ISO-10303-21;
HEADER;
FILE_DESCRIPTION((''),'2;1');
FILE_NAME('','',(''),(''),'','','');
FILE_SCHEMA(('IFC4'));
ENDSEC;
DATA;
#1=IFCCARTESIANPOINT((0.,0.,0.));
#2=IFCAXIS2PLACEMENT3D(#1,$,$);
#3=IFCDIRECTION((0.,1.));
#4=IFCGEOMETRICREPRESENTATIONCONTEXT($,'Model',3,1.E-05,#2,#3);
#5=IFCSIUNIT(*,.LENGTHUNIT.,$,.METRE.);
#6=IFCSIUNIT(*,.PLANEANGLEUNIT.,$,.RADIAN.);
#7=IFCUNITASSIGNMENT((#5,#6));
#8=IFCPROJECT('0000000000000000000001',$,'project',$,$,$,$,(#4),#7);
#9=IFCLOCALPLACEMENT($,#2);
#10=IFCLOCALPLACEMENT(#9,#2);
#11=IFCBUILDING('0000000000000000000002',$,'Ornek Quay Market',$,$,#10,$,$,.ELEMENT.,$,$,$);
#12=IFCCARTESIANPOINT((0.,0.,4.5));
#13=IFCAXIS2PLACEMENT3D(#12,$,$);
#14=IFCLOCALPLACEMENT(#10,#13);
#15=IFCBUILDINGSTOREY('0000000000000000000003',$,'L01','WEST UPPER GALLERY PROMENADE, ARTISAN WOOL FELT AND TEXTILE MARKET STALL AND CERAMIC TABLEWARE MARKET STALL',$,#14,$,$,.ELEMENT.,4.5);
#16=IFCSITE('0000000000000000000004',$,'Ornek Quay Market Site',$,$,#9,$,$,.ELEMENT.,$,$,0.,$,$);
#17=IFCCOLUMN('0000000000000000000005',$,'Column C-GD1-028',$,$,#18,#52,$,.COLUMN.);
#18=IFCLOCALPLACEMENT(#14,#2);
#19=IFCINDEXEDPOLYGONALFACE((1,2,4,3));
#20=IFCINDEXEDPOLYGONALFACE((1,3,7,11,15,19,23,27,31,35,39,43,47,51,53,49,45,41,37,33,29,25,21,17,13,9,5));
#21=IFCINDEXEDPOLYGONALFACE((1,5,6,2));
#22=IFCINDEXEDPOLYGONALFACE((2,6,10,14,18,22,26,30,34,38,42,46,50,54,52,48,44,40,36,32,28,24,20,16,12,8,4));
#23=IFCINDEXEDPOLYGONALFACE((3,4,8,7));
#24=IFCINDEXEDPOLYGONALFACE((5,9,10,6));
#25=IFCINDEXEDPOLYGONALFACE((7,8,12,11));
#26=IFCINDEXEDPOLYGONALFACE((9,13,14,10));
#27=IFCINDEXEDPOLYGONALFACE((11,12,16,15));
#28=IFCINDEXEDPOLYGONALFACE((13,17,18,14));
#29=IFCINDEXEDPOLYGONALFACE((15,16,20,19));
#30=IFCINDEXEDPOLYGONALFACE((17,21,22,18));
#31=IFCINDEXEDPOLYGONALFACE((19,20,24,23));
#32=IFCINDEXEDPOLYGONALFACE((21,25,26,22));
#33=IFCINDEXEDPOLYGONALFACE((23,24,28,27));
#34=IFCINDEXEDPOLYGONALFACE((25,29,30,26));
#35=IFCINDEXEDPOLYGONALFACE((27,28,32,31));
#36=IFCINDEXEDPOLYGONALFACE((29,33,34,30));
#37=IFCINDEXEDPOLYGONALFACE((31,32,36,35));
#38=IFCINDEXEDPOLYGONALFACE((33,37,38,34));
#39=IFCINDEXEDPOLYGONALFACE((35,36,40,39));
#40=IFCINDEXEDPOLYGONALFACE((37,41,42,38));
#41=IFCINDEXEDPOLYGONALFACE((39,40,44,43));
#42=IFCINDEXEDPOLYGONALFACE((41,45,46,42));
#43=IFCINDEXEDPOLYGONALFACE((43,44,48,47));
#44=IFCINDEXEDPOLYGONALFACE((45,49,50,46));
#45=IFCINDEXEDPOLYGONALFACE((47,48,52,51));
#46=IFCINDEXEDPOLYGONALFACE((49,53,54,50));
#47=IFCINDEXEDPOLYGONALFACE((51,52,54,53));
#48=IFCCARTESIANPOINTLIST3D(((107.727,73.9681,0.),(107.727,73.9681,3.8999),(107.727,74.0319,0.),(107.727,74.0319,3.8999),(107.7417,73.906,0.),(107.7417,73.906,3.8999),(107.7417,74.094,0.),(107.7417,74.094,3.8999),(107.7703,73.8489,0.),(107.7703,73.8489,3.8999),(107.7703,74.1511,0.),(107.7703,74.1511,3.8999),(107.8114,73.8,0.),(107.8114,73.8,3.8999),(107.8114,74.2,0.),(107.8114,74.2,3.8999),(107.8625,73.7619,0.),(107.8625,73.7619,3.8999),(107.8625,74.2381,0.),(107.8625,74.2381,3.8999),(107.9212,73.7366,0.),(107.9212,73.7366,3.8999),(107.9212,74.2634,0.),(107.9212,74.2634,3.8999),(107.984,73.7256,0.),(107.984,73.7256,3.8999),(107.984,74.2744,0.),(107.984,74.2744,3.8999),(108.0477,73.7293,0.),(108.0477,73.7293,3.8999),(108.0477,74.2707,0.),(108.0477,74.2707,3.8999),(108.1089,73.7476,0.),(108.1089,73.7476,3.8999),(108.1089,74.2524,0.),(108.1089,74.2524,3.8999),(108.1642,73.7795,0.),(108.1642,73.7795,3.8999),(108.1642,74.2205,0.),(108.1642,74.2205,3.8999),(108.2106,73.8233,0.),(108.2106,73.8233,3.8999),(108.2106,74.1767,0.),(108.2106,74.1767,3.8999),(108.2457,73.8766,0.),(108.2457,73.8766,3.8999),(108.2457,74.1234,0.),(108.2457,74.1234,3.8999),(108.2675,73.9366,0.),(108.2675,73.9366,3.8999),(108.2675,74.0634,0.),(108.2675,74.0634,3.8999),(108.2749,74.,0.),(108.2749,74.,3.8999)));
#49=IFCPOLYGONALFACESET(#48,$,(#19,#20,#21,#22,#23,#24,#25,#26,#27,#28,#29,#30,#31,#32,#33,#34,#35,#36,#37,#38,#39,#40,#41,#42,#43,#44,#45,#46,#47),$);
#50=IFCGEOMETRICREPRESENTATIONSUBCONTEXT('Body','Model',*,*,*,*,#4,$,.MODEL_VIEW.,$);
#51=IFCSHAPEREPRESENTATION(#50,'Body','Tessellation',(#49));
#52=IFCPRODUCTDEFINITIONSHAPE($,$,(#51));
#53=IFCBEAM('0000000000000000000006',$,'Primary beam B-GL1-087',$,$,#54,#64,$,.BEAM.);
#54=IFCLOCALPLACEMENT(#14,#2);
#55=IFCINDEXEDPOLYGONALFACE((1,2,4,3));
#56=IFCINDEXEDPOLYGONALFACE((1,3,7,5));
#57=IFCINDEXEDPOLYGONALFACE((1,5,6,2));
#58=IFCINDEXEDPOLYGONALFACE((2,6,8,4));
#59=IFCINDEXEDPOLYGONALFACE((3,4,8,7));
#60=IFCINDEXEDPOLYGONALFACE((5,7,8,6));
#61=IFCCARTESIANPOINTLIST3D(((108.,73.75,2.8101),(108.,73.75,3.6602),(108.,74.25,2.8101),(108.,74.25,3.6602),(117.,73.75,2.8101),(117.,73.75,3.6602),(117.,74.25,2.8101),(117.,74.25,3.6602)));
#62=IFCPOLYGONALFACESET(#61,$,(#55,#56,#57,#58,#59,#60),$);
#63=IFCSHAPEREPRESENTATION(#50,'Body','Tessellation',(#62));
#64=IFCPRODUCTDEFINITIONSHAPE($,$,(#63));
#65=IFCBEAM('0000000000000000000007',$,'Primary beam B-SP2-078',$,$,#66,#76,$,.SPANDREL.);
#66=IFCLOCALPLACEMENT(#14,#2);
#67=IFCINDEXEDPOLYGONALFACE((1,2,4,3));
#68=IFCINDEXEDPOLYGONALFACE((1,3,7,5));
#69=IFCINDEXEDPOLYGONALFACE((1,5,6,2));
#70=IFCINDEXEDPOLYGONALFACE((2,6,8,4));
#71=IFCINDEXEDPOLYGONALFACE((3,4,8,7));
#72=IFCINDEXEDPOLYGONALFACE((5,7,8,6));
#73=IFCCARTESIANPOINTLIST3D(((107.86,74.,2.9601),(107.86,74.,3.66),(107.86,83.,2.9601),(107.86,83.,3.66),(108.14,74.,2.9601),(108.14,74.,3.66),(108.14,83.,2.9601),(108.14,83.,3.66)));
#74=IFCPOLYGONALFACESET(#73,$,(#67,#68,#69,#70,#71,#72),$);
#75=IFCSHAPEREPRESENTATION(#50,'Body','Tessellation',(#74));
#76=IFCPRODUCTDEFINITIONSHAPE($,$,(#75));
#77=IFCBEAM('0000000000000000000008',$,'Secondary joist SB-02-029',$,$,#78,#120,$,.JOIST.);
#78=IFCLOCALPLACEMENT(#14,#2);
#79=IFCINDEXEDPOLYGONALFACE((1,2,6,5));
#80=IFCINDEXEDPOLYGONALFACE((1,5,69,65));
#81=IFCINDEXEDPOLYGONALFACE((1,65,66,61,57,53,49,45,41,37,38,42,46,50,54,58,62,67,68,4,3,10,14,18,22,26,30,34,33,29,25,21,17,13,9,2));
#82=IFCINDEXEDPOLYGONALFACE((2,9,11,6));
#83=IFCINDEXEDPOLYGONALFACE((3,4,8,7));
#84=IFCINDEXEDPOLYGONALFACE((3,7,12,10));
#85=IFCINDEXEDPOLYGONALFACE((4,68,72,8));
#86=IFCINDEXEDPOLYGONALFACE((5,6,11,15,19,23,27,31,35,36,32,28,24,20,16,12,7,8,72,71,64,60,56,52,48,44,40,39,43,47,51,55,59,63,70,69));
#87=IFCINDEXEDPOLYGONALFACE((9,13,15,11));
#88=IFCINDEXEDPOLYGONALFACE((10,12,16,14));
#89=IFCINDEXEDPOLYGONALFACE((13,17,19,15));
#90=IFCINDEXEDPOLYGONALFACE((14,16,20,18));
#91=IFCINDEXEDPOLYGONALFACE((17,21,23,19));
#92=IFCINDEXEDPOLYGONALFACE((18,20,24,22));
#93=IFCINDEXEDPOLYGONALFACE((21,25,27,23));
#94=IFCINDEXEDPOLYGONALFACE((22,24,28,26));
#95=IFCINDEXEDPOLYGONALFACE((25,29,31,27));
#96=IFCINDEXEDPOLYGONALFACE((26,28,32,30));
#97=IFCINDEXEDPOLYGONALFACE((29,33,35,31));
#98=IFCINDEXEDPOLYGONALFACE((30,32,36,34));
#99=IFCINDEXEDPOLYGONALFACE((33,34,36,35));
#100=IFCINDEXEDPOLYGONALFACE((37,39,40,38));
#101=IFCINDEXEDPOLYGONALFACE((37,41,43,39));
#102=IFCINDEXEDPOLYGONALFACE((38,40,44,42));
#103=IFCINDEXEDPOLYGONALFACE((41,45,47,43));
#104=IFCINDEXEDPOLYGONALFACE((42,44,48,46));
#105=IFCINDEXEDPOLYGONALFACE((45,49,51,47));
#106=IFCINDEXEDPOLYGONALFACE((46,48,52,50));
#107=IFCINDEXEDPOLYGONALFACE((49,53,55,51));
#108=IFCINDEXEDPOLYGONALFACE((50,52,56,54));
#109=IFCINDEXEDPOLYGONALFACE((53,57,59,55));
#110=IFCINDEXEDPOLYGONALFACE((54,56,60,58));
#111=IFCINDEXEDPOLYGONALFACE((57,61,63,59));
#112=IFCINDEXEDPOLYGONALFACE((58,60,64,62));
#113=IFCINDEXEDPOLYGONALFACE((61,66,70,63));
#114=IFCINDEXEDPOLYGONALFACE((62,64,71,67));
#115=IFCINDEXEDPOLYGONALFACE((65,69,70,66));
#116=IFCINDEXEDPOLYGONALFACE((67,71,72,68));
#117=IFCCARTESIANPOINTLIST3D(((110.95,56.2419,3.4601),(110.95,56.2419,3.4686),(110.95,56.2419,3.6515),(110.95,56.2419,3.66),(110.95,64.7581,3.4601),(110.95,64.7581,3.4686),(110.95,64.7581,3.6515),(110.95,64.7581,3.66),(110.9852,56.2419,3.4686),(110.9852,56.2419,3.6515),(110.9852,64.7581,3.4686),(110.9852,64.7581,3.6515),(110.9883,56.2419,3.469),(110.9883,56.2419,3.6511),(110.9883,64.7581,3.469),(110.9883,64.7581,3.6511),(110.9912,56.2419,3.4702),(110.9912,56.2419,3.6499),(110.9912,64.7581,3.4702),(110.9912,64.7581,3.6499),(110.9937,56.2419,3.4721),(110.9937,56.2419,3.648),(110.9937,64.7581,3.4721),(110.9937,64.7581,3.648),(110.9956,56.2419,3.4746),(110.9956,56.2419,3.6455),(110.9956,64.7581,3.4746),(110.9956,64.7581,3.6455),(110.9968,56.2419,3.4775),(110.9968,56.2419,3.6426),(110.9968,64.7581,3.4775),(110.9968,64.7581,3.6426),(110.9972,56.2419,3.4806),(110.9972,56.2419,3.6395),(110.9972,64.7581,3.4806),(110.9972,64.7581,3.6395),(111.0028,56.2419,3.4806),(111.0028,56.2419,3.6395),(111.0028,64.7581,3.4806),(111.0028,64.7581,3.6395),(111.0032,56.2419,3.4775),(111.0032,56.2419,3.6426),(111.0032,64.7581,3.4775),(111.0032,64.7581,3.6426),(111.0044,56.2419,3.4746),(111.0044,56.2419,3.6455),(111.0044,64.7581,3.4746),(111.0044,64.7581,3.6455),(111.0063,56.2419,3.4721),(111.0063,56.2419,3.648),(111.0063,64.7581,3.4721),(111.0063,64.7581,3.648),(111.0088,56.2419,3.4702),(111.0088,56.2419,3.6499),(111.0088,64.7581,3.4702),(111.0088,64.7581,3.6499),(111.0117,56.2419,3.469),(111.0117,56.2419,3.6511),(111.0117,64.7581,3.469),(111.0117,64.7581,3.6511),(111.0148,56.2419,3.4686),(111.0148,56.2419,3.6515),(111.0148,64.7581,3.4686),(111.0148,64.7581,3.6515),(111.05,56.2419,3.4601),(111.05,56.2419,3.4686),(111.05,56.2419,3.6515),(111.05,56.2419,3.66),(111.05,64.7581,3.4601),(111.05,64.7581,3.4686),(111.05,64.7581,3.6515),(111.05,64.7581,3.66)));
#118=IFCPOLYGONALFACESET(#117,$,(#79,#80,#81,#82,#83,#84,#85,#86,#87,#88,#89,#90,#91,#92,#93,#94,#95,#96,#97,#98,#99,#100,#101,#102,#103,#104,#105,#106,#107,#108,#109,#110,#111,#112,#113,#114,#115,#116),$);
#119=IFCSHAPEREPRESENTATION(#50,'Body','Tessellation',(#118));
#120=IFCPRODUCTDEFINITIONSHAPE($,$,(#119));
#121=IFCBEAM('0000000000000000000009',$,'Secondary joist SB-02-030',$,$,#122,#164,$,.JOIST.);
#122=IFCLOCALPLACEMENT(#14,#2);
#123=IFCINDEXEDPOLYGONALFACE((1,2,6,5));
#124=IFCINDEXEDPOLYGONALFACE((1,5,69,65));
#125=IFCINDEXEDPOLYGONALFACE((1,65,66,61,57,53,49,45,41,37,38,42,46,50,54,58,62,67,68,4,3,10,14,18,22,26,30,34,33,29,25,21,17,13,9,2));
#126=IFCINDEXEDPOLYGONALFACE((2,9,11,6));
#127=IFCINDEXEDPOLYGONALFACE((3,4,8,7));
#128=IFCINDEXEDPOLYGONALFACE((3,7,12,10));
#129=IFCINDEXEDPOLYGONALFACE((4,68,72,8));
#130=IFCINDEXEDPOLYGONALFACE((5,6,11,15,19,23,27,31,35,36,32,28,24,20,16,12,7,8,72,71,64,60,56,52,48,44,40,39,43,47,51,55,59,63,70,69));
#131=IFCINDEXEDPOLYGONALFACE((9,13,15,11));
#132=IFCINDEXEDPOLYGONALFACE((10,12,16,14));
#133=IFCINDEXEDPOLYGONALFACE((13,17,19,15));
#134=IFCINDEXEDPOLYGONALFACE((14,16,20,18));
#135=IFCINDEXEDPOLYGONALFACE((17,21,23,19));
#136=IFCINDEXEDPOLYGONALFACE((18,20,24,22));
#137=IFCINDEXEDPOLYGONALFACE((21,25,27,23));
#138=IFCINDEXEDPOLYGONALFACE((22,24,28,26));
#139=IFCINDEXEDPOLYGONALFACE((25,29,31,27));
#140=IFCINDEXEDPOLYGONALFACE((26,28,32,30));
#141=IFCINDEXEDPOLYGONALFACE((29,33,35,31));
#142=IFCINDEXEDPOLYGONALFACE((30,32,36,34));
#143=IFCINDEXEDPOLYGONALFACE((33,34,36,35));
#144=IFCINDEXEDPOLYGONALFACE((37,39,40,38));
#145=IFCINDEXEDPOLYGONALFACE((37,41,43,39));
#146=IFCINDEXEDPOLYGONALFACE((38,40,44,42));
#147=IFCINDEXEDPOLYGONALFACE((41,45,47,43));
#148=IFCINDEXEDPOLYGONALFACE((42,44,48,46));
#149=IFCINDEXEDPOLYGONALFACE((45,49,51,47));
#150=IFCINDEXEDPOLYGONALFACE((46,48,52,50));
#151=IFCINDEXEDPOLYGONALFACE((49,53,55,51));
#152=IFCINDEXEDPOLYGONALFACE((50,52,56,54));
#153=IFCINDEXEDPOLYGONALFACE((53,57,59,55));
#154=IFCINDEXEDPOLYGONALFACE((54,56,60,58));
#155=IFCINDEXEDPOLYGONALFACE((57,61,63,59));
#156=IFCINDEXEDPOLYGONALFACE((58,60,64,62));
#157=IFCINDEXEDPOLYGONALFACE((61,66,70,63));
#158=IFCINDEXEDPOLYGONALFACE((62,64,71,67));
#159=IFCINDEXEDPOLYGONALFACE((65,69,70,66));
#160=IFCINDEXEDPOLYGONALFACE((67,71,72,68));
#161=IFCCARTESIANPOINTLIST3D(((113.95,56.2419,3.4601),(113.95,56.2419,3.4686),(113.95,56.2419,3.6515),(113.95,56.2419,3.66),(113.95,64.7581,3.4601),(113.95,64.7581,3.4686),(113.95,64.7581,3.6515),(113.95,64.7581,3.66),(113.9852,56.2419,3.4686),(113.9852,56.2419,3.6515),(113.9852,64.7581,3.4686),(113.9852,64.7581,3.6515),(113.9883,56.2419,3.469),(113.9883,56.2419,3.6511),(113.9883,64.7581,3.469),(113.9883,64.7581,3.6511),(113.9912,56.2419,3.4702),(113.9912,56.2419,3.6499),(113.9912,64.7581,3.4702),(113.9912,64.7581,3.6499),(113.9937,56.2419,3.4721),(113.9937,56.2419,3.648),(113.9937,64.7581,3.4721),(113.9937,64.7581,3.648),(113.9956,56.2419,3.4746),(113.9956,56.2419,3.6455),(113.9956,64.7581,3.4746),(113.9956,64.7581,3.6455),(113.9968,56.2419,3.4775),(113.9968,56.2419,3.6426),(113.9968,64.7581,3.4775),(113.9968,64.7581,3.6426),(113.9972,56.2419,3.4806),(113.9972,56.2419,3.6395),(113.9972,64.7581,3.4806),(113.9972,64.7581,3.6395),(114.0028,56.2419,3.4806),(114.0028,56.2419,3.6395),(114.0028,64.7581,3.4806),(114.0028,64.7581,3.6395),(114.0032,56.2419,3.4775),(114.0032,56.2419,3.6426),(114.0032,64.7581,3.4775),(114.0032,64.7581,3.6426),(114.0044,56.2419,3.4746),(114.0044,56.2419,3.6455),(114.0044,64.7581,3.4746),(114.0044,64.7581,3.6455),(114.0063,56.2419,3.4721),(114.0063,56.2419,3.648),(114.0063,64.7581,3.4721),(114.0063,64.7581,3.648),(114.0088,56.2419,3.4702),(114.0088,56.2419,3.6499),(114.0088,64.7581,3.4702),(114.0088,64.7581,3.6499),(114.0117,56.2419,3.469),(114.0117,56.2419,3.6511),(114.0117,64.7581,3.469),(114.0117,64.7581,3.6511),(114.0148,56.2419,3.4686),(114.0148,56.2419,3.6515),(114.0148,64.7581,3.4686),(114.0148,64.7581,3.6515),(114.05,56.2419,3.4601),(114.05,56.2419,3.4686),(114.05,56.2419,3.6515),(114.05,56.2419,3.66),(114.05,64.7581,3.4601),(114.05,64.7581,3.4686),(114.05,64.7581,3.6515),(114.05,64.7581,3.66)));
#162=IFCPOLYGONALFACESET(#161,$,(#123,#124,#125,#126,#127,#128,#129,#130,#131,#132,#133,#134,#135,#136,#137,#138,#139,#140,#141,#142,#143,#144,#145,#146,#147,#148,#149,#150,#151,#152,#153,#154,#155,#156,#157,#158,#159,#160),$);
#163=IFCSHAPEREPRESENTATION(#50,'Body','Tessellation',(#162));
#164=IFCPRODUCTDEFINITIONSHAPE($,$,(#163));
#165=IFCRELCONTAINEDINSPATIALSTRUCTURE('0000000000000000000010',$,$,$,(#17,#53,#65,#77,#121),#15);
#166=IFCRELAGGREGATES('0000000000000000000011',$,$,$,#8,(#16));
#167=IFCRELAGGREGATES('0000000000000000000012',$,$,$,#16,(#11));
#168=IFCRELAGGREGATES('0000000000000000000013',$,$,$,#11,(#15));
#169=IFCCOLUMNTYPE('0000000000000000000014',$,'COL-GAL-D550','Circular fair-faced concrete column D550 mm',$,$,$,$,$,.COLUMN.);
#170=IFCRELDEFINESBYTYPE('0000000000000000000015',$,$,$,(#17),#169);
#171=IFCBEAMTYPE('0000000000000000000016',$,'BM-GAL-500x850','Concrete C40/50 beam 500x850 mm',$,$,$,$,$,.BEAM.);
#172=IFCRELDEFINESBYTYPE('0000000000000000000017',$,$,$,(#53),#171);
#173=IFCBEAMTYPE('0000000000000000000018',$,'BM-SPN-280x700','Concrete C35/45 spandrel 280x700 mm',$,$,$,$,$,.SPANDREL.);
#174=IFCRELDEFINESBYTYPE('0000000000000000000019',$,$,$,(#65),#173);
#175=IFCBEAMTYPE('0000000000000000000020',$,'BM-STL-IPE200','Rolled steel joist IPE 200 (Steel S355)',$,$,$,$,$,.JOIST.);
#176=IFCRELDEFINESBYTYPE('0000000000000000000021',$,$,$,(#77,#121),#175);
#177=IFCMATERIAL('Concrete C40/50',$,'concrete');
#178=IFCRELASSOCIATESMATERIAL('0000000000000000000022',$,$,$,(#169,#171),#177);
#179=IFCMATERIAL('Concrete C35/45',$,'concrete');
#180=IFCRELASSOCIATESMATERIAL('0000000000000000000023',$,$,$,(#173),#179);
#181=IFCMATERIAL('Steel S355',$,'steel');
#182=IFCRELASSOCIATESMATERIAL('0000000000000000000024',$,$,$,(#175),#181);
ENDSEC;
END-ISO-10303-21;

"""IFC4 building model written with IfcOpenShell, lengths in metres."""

from ifc_helpers import new_model, si_unit, direction, frame, origin, origin_2d, place, context, subcontext, project, spatial, rectangle, circle, i_section, extrude, material, material_profile, profile_set, type_object, element, save


model = new_model("IFC4")

# Units and contexts
model_context = context("Model", 3, precision=1e-05, world=origin(), true_north=direction((0.0, 1.0)))
body_context = subcontext(model_context, "Body", "Model", "MODEL_VIEW")
ifc_project = project(units=[si_unit("LENGTHUNIT", "METRE"), si_unit("PLANEANGLEUNIT", "RADIAN")], contexts=[model_context])

# Site, building, storey
site_placement = place(None, origin())
site = spatial("IfcSite", under=ifc_project, at=site_placement, Name="Ornek Quay Market Site", CompositionType="ELEMENT", RefElevation=0.0)
building_placement = place(site_placement, origin())
building = spatial("IfcBuilding", under=site, at=building_placement, Name="Ornek Quay Market", CompositionType="ELEMENT")
storey_placement = place(building_placement, frame((0.0, 0.0, 4.5)))
storey = spatial("IfcBuildingStorey", under=building, at=storey_placement, Name="L01", Description="WEST UPPER GALLERY PROMENADE, ARTISAN WOOL FELT AND TEXTILE MARKET STALL AND CERAMIC TABLEWARE MARKET STALL", CompositionType="ELEMENT", Elevation=4.5)

# Column
ifc_material_1 = material(Name="Concrete C40/50", Category="concrete")
ifc_material_profile_1 = material_profile(ifc_material_1, circle(Radius=0.2749, at=origin_2d()), Name="RC D550", Category="concrete")
ifc_profile_set_1 = profile_set([ifc_material_profile_1], Name="Concrete C40/50")
column_type = type_object("IfcColumnType", Name="COL-GAL-D550", Description="Circular fair-faced concrete column D550 mm", PredefinedType="COLUMN", material=ifc_profile_set_1)
column_placement = place(storey_placement, frame((108.0, 74.0, 0.0), z_axis=(0.0, 0.0, 1.0), x_axis=(1.0, 0.0, 0.0)))
element("IfcColumn", 1, at=column_placement, inside=storey, type_object=column_type, Name="Column C-GD1-028", PredefinedType="COLUMN", context=body_context, shape_type="SweptSolid", body=[
    extrude(circle(Radius=0.2749, at=origin_2d()), origin(), (0.0, 0.0, 1.0), 3.8999),
])

# Beams
ifc_material_profile_2 = material_profile(ifc_material_1, rectangle(XDim=0.5, YDim=0.8501, at=origin_2d()), Name="RC 500x850", Category="concrete")
ifc_profile_set_2 = profile_set([ifc_material_profile_2], Name="Concrete C40/50")
beam_type_1 = type_object("IfcBeamType", Name="BM-GAL-500x850", Description="Concrete C40/50 beam 500x850 mm", PredefinedType="BEAM", material=ifc_profile_set_2)
beam_1_placement = place(storey_placement, frame((108.0, 74.0, 3.2351), z_axis=(1.0, 0.0, 0.0), x_axis=(0.0, 1.0, 0.0)))
element("IfcBeam", 2, at=beam_1_placement, inside=storey, type_object=beam_type_1, Name="Primary beam B-GL1-087", PredefinedType="BEAM", context=body_context, shape_type="SweptSolid", body=[
    extrude(rectangle(XDim=0.5, YDim=0.8501, at=origin_2d()), origin(), (0.0, 0.0, 1.0), 9.0),
])
ifc_material_2 = material(Name="Concrete C35/45", Category="concrete")
ifc_material_profile_3 = material_profile(ifc_material_2, rectangle(XDim=0.28, YDim=0.7, at=origin_2d()), Name="RC 280x700", Category="concrete")
ifc_profile_set_3 = profile_set([ifc_material_profile_3], Name="Concrete C35/45")
beam_type_2 = type_object("IfcBeamType", Name="BM-SPN-280x700", Description="Concrete C35/45 spandrel 280x700 mm", PredefinedType="SPANDREL", material=ifc_profile_set_3)
beam_2_placement = place(storey_placement, frame((108.0, 74.0, 3.3101), z_axis=(0.0, 1.0, 0.0), x_axis=(-1.0, 0.0, 0.0)))
element("IfcBeam", 3, at=beam_2_placement, inside=storey, type_object=beam_type_2, Name="Primary beam B-SP2-078", PredefinedType="SPANDREL", context=body_context, shape_type="SweptSolid", body=[
    extrude(rectangle(XDim=0.28, YDim=0.7, at=origin_2d()), origin(), (0.0, 0.0, 1.0), 9.0),
])
ifc_material_3 = material(Name="Steel S355", Category="steel")
ifc_material_profile_4 = material_profile(ifc_material_3, i_section(OverallWidth=0.1001, OverallDepth=0.2, WebThickness=0.0056, FlangeThickness=0.0085, FilletRadius=0.012, at=origin_2d()), Name="IPE 200", Category="steel")
ifc_profile_set_4 = profile_set([ifc_material_profile_4], Name="Steel S355")
beam_type_3 = type_object("IfcBeamType", Name="BM-STL-IPE200", Description="Rolled steel joist IPE 200 (Steel S355)", PredefinedType="JOIST", material=ifc_profile_set_4)
for number, where, z_axis, x_axis, name in (
    (4, (111.0, 56.2419, 3.5601), (0.0, 1.0, 0.0), (-1.0, 0.0, 0.0), "Secondary joist SB-02-029"),
    (5, (114.0, 56.2419, 3.5601), (0.0, 1.0, 0.0), (-1.0, 0.0, 0.0), "Secondary joist SB-02-030"),
):
    element("IfcBeam", number, at=place(storey_placement, frame(where, z_axis=z_axis, x_axis=x_axis)), inside=storey, type_object=beam_type_3, Name=name, PredefinedType="JOIST", context=body_context, shape_type="SweptSolid", body=[
        extrude(i_section(OverallWidth=0.1001, OverallDepth=0.2, WebThickness=0.0056, FlangeThickness=0.0085, FilletRadius=0.012, at=origin_2d()), origin(), (0.0, 0.0, 1.0), 8.5161),
    ])

save(model, "model.ifc")
